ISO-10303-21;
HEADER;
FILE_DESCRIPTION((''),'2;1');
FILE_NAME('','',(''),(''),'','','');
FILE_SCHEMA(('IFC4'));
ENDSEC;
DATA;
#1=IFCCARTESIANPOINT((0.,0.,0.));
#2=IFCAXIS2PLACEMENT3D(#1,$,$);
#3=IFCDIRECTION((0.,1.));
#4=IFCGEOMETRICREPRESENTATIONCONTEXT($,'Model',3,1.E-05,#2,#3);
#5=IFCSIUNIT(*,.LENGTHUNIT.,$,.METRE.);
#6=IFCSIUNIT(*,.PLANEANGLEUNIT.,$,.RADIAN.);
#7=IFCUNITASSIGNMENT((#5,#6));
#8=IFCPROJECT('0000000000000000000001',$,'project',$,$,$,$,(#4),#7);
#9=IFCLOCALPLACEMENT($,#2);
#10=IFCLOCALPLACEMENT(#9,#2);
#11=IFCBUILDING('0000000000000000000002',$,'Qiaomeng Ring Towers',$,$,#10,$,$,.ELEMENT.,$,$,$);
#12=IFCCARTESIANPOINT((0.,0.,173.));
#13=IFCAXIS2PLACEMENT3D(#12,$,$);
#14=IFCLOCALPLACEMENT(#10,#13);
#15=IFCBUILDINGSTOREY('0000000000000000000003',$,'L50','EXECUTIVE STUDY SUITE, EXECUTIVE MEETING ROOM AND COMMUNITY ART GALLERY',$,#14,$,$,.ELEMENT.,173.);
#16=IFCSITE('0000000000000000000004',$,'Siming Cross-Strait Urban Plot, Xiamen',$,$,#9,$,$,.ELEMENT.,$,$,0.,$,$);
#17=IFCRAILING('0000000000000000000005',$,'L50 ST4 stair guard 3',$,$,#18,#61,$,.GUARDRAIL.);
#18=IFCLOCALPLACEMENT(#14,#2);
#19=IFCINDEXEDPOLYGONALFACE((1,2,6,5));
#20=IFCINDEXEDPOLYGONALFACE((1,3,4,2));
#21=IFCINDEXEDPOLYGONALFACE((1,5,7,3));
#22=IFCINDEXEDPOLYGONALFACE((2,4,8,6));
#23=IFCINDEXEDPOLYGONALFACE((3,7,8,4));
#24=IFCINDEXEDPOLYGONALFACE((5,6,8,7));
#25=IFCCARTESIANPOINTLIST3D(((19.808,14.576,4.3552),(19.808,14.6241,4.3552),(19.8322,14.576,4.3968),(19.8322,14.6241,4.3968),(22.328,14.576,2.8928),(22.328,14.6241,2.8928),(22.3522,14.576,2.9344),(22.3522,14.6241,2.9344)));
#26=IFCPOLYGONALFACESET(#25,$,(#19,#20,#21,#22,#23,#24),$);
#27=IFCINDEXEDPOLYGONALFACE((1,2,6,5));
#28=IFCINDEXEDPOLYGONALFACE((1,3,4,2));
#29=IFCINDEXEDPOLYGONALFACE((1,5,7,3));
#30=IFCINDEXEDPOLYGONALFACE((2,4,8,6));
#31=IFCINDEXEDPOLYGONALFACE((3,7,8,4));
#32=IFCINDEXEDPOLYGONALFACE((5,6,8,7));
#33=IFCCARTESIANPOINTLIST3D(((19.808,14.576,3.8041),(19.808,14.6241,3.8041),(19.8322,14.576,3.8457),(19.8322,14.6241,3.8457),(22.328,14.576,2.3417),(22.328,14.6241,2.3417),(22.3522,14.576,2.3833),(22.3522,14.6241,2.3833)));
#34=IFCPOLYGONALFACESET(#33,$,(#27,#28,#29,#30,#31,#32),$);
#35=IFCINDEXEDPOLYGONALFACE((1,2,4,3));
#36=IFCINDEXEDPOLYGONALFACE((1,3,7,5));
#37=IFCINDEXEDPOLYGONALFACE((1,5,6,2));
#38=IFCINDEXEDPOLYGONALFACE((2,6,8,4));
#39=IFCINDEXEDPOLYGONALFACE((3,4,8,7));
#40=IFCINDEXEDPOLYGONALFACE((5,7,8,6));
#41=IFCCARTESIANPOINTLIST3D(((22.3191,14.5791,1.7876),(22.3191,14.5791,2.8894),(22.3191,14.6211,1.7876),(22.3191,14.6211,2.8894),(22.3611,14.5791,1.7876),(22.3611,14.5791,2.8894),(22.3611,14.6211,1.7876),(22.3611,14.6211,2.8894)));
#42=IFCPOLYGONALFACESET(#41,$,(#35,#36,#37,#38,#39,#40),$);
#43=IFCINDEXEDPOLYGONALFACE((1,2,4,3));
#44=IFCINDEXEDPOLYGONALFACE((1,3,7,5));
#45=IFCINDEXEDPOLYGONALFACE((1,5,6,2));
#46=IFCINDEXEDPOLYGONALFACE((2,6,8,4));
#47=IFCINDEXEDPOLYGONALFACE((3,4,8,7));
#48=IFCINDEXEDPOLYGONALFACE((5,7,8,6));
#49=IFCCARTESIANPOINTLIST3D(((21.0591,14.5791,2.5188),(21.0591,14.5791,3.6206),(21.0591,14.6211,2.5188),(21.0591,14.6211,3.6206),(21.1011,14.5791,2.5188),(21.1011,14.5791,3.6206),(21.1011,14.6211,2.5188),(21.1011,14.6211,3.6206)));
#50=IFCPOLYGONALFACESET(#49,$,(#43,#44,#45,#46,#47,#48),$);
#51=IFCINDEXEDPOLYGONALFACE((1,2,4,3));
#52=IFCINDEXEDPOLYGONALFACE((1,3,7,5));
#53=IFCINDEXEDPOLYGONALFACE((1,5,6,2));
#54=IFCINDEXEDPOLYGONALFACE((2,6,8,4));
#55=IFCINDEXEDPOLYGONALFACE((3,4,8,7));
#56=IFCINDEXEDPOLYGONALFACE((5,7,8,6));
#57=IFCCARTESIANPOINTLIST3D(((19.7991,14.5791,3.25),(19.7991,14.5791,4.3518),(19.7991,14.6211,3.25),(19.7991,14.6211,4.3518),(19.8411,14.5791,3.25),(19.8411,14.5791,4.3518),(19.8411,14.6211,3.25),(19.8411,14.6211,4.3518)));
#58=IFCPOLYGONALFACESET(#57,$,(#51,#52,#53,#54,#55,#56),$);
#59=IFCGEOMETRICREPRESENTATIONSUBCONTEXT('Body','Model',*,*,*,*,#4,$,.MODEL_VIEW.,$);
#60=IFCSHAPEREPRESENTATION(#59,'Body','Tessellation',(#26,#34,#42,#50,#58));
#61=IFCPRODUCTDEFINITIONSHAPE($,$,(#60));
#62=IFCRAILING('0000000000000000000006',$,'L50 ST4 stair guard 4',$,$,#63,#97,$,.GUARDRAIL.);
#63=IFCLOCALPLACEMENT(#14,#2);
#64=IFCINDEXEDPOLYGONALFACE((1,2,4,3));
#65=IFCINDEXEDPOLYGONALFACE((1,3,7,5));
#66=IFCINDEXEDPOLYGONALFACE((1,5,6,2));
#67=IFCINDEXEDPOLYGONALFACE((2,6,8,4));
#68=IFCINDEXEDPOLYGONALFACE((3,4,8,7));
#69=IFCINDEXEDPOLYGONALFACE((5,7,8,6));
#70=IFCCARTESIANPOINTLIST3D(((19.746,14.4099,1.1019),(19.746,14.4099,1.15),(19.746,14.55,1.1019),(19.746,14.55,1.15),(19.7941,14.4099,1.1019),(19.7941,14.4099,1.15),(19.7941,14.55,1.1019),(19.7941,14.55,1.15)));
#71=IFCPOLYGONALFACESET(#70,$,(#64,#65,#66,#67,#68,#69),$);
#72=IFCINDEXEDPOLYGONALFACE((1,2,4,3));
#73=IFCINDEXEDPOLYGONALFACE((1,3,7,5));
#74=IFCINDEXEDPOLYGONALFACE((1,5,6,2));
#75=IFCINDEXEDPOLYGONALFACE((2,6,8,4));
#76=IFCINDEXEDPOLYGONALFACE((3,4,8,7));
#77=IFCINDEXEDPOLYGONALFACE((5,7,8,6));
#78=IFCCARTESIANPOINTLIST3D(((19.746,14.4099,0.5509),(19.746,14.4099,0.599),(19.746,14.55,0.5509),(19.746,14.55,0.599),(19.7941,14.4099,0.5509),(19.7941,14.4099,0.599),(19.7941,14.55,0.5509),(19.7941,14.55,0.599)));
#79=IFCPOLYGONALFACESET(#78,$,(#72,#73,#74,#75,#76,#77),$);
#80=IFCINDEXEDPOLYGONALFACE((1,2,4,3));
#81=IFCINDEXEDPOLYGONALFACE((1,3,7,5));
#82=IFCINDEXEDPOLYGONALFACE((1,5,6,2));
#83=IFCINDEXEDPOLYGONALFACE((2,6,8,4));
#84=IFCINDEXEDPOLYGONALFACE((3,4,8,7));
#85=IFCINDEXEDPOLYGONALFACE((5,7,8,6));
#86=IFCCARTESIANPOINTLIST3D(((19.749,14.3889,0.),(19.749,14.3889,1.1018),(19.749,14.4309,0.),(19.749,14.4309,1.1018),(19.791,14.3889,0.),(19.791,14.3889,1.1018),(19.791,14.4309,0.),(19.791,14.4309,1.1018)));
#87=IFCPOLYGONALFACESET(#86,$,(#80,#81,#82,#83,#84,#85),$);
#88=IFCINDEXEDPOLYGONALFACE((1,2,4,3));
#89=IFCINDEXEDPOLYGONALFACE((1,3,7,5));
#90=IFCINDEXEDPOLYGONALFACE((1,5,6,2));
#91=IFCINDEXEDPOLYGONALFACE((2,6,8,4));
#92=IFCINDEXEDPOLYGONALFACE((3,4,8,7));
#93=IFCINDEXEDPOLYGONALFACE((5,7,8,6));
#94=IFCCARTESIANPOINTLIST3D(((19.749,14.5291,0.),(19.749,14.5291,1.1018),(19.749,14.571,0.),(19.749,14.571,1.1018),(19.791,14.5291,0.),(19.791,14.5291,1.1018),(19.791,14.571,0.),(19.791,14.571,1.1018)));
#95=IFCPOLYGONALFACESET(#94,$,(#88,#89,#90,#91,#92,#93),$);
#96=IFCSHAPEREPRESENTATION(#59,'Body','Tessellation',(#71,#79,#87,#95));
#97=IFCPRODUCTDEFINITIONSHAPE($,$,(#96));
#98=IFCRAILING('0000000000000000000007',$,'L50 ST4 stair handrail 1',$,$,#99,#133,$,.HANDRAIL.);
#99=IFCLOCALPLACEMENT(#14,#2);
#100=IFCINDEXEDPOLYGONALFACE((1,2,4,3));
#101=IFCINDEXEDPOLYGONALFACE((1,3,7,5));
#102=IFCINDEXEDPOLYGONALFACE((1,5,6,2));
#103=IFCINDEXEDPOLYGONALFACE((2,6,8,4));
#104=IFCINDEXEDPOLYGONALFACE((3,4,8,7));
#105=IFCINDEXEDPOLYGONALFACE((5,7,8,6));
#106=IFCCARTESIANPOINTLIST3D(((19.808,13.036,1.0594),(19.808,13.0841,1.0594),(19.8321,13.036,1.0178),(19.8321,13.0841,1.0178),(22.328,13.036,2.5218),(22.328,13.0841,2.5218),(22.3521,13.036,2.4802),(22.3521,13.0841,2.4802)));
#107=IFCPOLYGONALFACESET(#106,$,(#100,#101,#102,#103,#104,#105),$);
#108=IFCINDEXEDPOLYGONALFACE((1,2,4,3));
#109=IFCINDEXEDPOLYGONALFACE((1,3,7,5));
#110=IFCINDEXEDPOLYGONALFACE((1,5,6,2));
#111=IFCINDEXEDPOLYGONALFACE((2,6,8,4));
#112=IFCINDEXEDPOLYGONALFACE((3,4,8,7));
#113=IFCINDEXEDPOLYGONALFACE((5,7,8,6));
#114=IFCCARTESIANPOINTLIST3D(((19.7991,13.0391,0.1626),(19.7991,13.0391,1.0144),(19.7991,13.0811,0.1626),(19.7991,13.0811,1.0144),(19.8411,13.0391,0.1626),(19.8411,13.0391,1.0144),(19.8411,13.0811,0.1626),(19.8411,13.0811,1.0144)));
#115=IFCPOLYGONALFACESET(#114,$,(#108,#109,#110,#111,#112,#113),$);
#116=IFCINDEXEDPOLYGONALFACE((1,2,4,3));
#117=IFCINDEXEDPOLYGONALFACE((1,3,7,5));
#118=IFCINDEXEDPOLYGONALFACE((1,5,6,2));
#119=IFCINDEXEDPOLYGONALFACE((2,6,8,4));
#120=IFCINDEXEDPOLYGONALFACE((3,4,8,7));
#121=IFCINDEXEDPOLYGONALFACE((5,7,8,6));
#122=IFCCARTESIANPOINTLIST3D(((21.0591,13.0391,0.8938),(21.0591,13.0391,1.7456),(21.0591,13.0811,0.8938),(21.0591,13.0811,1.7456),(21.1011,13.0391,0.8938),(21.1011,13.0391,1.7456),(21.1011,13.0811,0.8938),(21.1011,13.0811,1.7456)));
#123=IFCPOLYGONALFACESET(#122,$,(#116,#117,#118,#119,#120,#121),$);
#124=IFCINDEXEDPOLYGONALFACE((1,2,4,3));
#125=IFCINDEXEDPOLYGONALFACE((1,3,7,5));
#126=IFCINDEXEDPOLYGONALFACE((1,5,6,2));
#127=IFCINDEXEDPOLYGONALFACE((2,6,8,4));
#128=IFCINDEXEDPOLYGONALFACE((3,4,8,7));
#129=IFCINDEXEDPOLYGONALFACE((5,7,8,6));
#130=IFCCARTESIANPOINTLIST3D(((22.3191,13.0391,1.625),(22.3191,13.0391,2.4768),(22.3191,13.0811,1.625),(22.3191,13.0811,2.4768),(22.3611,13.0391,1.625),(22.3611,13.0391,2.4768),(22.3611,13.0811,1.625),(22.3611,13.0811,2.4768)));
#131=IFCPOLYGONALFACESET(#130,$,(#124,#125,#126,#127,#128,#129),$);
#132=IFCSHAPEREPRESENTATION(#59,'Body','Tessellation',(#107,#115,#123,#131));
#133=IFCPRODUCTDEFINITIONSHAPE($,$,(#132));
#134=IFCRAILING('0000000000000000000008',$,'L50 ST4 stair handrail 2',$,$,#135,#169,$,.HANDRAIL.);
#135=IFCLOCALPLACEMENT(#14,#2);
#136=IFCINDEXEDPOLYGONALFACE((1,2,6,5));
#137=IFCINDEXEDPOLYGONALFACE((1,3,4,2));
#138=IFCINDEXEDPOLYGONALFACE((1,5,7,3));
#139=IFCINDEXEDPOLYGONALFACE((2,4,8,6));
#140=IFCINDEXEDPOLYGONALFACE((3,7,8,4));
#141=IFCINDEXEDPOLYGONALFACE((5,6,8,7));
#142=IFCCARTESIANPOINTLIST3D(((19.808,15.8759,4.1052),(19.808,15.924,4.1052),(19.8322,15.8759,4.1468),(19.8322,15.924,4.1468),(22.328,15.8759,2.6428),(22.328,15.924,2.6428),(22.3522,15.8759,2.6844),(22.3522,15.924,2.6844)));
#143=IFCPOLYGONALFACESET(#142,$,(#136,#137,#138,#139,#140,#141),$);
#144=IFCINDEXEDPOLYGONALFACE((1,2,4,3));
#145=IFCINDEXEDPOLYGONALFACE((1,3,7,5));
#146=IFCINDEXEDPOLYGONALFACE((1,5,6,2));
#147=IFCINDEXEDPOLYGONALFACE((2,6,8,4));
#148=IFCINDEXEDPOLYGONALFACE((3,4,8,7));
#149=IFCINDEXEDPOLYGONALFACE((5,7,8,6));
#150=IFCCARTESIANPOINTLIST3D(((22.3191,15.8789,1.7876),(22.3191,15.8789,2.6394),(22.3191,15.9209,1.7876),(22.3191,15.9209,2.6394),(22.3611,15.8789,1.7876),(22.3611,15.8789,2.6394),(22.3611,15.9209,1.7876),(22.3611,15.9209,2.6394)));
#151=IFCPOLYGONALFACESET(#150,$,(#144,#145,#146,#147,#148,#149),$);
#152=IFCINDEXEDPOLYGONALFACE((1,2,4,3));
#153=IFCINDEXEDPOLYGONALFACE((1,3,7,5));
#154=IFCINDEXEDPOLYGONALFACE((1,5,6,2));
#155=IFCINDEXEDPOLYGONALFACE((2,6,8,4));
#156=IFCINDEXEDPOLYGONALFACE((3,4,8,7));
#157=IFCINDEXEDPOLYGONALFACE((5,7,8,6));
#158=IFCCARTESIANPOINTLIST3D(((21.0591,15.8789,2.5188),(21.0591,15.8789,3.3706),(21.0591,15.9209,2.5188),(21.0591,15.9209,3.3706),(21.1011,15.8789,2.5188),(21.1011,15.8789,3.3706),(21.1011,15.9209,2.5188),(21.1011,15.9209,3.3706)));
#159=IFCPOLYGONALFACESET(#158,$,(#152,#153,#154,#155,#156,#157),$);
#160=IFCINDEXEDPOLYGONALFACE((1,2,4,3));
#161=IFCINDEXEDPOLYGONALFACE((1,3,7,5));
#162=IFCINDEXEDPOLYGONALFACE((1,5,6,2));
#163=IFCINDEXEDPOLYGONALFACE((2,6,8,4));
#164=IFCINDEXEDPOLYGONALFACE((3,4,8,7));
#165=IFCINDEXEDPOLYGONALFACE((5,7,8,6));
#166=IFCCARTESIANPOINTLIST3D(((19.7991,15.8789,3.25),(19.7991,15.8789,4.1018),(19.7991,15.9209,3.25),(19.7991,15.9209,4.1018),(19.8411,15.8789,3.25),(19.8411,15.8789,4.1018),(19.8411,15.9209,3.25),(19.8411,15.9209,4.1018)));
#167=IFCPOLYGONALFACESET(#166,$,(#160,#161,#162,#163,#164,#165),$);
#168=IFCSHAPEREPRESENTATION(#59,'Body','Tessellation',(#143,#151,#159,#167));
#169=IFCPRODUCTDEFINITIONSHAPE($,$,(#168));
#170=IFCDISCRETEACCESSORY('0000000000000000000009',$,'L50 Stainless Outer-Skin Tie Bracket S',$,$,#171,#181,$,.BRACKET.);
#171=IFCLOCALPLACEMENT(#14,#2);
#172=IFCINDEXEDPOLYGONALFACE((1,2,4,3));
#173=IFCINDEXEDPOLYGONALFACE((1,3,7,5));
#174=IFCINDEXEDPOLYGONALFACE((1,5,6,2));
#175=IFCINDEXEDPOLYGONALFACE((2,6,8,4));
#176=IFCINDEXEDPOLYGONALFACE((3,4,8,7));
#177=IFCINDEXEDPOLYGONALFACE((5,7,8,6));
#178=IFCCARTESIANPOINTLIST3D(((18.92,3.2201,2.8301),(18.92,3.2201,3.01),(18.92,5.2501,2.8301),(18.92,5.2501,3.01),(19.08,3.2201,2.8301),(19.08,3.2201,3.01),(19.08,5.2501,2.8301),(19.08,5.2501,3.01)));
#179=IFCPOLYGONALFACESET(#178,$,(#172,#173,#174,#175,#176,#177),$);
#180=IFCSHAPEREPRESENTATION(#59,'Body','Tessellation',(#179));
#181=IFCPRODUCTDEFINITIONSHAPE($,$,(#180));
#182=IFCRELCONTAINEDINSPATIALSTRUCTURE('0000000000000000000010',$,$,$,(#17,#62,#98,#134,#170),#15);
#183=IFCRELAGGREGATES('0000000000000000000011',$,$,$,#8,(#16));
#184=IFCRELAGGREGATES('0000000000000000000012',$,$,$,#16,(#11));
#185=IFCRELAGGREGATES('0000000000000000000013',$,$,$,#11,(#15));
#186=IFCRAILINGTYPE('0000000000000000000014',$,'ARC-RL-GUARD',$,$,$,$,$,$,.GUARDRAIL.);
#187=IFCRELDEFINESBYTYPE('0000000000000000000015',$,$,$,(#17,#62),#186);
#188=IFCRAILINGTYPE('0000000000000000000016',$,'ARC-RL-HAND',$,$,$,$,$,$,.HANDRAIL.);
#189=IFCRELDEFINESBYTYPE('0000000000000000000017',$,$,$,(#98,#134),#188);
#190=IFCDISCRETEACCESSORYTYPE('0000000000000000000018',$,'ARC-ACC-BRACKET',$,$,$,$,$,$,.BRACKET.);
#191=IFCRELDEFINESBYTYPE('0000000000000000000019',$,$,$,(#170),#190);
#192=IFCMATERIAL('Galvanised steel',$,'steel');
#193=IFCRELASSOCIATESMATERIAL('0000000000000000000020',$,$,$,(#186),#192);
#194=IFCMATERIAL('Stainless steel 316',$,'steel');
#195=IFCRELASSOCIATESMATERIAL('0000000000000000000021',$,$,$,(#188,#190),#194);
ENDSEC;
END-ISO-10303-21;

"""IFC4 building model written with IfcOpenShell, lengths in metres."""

from ifc_helpers import new_model, si_unit, direction, frame, origin, origin_2d, place, context, subcontext, project, spatial, rectangle, extrude, source, transform, mapped, material, type_object, element, save


model = new_model("IFC4")

# Units and contexts
model_context = context("Model", 3, precision=1e-05, world=origin(), true_north=direction((0.0, 1.0)))
body_context = subcontext(model_context, "Body", "Model", "MODEL_VIEW")
ifc_project = project(units=[si_unit("LENGTHUNIT", "METRE"), si_unit("PLANEANGLEUNIT", "RADIAN")], contexts=[model_context])

# Site, building, storey
site_placement = place(None, origin())
site = spatial("IfcSite", under=ifc_project, at=site_placement, Name="Siming Cross-Strait Urban Plot, Xiamen", CompositionType="ELEMENT", RefElevation=0.0)
building_placement = place(site_placement, origin())
building = spatial("IfcBuilding", under=site, at=building_placement, Name="Qiaomeng Ring Towers", CompositionType="ELEMENT")
storey_placement = place(building_placement, frame((0.0, 0.0, 173.0)))
storey = spatial("IfcBuildingStorey", under=building, at=storey_placement, Name="L50", Description="EXECUTIVE STUDY SUITE, EXECUTIVE MEETING ROOM AND COMMUNITY ART GALLERY", CompositionType="ELEMENT", Elevation=173.0)

# Shared definitions
ifc_material_1 = material(Name="Galvanised steel", Category="steel")

# Railings
railing_type_1 = type_object("IfcRailingType", Name="ARC-RL-GUARD", PredefinedType="GUARDRAIL", material=ifc_material_1)
railing_1_placement = place(storey_placement, frame((22.3401, 14.6001, 1.7876)))
element("IfcRailing", 1, at=railing_1_placement, inside=storey, type_object=railing_type_1, Name="L50 ST4 stair guard 3", PredefinedType="GUARDRAIL", context=body_context, shape_type="SweptSolid", body=[
    extrude(rectangle(XDim=0.0481, YDim=0.0481, at=origin_2d()), frame((0.0, 0.0, 1.126), z_axis=(-0.864913, 0.0, 0.501921), x_axis=(0.0, -1.0, 0.0)), (0.0, 0.0, 1.0), 2.9136),
    extrude(rectangle(XDim=0.0481, YDim=0.0481, at=origin_2d()), frame((0.0, 0.0, 0.575), z_axis=(-0.864913, 0.0, 0.501921), x_axis=(0.0, -1.0, 0.0)), (0.0, 0.0, 1.0), 2.9136),
    extrude(rectangle(XDim=0.042, YDim=0.042, at=origin_2d()), origin(), (0.0, 0.0, 1.0), 1.1018),
    extrude(rectangle(XDim=0.042, YDim=0.042, at=origin_2d()), frame((-1.26, 0.0, 0.7312)), (0.0, 0.0, 1.0), 1.1018),
    extrude(rectangle(XDim=0.042, YDim=0.042, at=origin_2d()), frame((-2.52, 0.0, 1.4624)), (0.0, 0.0, 1.0), 1.1018),
])
railing_2_placement = place(storey_placement, frame((19.77, 14.4099, 0.0)))
element("IfcRailing", 2, at=railing_2_placement, inside=storey, type_object=railing_type_1, Name="L50 ST4 stair guard 4", PredefinedType="GUARDRAIL", context=body_context, shape_type="SweptSolid", body=[
    extrude(rectangle(XDim=0.0481, YDim=0.0481, at=origin_2d()), frame((0.0, 0.0, 1.126), z_axis=(0.0, 1.0, 0.0), x_axis=(-1.0, 0.0, 0.0)), (0.0, 0.0, 1.0), 0.1401),
    extrude(rectangle(XDim=0.0481, YDim=0.0481, at=origin_2d()), frame((0.0, 0.0, 0.575), z_axis=(0.0, 1.0, 0.0), x_axis=(-1.0, 0.0, 0.0)), (0.0, 0.0, 1.0), 0.1401),
    extrude(rectangle(XDim=0.042, YDim=0.042, at=origin_2d()), origin(), (0.0, 0.0, 1.0), 1.1018),
    extrude(rectangle(XDim=0.042, YDim=0.042, at=origin_2d()), frame((0.0, 0.1401, 0.0)), (0.0, 0.0, 1.0), 1.1018),
])
ifc_material_2 = material(Name="Stainless steel 316", Category="steel")
railing_type_2 = type_object("IfcRailingType", Name="ARC-RL-HAND", PredefinedType="HANDRAIL", material=ifc_material_2)
railing_3_placement = place(storey_placement, frame((19.8201, 13.0601, 0.1626)))
element("IfcRailing", 3, at=railing_3_placement, inside=storey, type_object=railing_type_2, Name="L50 ST4 stair handrail 1", PredefinedType="HANDRAIL", context=body_context, shape_type="SweptSolid", body=[
    extrude(rectangle(XDim=0.0481, YDim=0.0481, at=origin_2d()), frame((0.0, 0.0, 0.876), z_axis=(0.864913, 0.0, 0.501921), x_axis=(0.0, 1.0, 0.0)), (0.0, 0.0, 1.0), 2.9136),
    extrude(rectangle(XDim=0.042, YDim=0.042, at=origin_2d()), origin(), (0.0, 0.0, 1.0), 0.8518),
    extrude(rectangle(XDim=0.042, YDim=0.042, at=origin_2d()), frame((1.26, 0.0, 0.7312)), (0.0, 0.0, 1.0), 0.8518),
    extrude(rectangle(XDim=0.042, YDim=0.042, at=origin_2d()), frame((2.52, 0.0, 1.4624)), (0.0, 0.0, 1.0), 0.8518),
])
railing_4_placement = place(storey_placement, frame((22.3401, 15.8999, 1.7876)))
element("IfcRailing", 4, at=railing_4_placement, inside=storey, type_object=railing_type_2, Name="L50 ST4 stair handrail 2", PredefinedType="HANDRAIL", context=body_context, shape_type="SweptSolid", body=[
    extrude(rectangle(XDim=0.0481, YDim=0.0481, at=origin_2d()), frame((0.0, 0.0, 0.876), z_axis=(-0.864913, 0.0, 0.501921), x_axis=(0.0, -1.0, 0.0)), (0.0, 0.0, 1.0), 2.9136),
    extrude(rectangle(XDim=0.042, YDim=0.042, at=origin_2d()), origin(), (0.0, 0.0, 1.0), 0.8518),
    extrude(rectangle(XDim=0.042, YDim=0.042, at=origin_2d()), frame((-1.26, 0.0, 0.7312)), (0.0, 0.0, 1.0), 0.8518),
    extrude(rectangle(XDim=0.042, YDim=0.042, at=origin_2d()), frame((-2.52, 0.0, 1.4624)), (0.0, 0.0, 1.0), 0.8518),
])

# Discrete accessory
discrete_accessory_type = type_object("IfcDiscreteAccessoryType", Name="ARC-ACC-BRACKET", PredefinedType="BRACKET", material=ifc_material_2)
shared_shape_1 = source(origin(), body_context, "Body", "SweptSolid", [
    extrude(rectangle(XDim=0.1599, YDim=2.03, at=origin_2d()), origin(), (0.0, 0.0, 1.0), 0.1799),
])
discrete_accessory_placement = place(storey_placement, frame((19.0, 4.2351, 2.8301), z_axis=(0.0, 0.0, 1.0), x_axis=(1.0, 0.0, 0.0)))
element("IfcDiscreteAccessory", 5, at=discrete_accessory_placement, inside=storey, type_object=discrete_accessory_type, Name="L50 Stainless Outer-Skin Tie Bracket S", PredefinedType="BRACKET", context=body_context, shape_type="MappedRepresentation", body=[
    mapped(shared_shape_1, transform((0.0, 0.0, 0.0), x_axis=(1.0, 0.0, 0.0), y_axis=(0.0, 1.0, 0.0), z_axis=(0.0, 0.0, 1.0), scale=1.0)),
])

save(model, "model.ifc")
